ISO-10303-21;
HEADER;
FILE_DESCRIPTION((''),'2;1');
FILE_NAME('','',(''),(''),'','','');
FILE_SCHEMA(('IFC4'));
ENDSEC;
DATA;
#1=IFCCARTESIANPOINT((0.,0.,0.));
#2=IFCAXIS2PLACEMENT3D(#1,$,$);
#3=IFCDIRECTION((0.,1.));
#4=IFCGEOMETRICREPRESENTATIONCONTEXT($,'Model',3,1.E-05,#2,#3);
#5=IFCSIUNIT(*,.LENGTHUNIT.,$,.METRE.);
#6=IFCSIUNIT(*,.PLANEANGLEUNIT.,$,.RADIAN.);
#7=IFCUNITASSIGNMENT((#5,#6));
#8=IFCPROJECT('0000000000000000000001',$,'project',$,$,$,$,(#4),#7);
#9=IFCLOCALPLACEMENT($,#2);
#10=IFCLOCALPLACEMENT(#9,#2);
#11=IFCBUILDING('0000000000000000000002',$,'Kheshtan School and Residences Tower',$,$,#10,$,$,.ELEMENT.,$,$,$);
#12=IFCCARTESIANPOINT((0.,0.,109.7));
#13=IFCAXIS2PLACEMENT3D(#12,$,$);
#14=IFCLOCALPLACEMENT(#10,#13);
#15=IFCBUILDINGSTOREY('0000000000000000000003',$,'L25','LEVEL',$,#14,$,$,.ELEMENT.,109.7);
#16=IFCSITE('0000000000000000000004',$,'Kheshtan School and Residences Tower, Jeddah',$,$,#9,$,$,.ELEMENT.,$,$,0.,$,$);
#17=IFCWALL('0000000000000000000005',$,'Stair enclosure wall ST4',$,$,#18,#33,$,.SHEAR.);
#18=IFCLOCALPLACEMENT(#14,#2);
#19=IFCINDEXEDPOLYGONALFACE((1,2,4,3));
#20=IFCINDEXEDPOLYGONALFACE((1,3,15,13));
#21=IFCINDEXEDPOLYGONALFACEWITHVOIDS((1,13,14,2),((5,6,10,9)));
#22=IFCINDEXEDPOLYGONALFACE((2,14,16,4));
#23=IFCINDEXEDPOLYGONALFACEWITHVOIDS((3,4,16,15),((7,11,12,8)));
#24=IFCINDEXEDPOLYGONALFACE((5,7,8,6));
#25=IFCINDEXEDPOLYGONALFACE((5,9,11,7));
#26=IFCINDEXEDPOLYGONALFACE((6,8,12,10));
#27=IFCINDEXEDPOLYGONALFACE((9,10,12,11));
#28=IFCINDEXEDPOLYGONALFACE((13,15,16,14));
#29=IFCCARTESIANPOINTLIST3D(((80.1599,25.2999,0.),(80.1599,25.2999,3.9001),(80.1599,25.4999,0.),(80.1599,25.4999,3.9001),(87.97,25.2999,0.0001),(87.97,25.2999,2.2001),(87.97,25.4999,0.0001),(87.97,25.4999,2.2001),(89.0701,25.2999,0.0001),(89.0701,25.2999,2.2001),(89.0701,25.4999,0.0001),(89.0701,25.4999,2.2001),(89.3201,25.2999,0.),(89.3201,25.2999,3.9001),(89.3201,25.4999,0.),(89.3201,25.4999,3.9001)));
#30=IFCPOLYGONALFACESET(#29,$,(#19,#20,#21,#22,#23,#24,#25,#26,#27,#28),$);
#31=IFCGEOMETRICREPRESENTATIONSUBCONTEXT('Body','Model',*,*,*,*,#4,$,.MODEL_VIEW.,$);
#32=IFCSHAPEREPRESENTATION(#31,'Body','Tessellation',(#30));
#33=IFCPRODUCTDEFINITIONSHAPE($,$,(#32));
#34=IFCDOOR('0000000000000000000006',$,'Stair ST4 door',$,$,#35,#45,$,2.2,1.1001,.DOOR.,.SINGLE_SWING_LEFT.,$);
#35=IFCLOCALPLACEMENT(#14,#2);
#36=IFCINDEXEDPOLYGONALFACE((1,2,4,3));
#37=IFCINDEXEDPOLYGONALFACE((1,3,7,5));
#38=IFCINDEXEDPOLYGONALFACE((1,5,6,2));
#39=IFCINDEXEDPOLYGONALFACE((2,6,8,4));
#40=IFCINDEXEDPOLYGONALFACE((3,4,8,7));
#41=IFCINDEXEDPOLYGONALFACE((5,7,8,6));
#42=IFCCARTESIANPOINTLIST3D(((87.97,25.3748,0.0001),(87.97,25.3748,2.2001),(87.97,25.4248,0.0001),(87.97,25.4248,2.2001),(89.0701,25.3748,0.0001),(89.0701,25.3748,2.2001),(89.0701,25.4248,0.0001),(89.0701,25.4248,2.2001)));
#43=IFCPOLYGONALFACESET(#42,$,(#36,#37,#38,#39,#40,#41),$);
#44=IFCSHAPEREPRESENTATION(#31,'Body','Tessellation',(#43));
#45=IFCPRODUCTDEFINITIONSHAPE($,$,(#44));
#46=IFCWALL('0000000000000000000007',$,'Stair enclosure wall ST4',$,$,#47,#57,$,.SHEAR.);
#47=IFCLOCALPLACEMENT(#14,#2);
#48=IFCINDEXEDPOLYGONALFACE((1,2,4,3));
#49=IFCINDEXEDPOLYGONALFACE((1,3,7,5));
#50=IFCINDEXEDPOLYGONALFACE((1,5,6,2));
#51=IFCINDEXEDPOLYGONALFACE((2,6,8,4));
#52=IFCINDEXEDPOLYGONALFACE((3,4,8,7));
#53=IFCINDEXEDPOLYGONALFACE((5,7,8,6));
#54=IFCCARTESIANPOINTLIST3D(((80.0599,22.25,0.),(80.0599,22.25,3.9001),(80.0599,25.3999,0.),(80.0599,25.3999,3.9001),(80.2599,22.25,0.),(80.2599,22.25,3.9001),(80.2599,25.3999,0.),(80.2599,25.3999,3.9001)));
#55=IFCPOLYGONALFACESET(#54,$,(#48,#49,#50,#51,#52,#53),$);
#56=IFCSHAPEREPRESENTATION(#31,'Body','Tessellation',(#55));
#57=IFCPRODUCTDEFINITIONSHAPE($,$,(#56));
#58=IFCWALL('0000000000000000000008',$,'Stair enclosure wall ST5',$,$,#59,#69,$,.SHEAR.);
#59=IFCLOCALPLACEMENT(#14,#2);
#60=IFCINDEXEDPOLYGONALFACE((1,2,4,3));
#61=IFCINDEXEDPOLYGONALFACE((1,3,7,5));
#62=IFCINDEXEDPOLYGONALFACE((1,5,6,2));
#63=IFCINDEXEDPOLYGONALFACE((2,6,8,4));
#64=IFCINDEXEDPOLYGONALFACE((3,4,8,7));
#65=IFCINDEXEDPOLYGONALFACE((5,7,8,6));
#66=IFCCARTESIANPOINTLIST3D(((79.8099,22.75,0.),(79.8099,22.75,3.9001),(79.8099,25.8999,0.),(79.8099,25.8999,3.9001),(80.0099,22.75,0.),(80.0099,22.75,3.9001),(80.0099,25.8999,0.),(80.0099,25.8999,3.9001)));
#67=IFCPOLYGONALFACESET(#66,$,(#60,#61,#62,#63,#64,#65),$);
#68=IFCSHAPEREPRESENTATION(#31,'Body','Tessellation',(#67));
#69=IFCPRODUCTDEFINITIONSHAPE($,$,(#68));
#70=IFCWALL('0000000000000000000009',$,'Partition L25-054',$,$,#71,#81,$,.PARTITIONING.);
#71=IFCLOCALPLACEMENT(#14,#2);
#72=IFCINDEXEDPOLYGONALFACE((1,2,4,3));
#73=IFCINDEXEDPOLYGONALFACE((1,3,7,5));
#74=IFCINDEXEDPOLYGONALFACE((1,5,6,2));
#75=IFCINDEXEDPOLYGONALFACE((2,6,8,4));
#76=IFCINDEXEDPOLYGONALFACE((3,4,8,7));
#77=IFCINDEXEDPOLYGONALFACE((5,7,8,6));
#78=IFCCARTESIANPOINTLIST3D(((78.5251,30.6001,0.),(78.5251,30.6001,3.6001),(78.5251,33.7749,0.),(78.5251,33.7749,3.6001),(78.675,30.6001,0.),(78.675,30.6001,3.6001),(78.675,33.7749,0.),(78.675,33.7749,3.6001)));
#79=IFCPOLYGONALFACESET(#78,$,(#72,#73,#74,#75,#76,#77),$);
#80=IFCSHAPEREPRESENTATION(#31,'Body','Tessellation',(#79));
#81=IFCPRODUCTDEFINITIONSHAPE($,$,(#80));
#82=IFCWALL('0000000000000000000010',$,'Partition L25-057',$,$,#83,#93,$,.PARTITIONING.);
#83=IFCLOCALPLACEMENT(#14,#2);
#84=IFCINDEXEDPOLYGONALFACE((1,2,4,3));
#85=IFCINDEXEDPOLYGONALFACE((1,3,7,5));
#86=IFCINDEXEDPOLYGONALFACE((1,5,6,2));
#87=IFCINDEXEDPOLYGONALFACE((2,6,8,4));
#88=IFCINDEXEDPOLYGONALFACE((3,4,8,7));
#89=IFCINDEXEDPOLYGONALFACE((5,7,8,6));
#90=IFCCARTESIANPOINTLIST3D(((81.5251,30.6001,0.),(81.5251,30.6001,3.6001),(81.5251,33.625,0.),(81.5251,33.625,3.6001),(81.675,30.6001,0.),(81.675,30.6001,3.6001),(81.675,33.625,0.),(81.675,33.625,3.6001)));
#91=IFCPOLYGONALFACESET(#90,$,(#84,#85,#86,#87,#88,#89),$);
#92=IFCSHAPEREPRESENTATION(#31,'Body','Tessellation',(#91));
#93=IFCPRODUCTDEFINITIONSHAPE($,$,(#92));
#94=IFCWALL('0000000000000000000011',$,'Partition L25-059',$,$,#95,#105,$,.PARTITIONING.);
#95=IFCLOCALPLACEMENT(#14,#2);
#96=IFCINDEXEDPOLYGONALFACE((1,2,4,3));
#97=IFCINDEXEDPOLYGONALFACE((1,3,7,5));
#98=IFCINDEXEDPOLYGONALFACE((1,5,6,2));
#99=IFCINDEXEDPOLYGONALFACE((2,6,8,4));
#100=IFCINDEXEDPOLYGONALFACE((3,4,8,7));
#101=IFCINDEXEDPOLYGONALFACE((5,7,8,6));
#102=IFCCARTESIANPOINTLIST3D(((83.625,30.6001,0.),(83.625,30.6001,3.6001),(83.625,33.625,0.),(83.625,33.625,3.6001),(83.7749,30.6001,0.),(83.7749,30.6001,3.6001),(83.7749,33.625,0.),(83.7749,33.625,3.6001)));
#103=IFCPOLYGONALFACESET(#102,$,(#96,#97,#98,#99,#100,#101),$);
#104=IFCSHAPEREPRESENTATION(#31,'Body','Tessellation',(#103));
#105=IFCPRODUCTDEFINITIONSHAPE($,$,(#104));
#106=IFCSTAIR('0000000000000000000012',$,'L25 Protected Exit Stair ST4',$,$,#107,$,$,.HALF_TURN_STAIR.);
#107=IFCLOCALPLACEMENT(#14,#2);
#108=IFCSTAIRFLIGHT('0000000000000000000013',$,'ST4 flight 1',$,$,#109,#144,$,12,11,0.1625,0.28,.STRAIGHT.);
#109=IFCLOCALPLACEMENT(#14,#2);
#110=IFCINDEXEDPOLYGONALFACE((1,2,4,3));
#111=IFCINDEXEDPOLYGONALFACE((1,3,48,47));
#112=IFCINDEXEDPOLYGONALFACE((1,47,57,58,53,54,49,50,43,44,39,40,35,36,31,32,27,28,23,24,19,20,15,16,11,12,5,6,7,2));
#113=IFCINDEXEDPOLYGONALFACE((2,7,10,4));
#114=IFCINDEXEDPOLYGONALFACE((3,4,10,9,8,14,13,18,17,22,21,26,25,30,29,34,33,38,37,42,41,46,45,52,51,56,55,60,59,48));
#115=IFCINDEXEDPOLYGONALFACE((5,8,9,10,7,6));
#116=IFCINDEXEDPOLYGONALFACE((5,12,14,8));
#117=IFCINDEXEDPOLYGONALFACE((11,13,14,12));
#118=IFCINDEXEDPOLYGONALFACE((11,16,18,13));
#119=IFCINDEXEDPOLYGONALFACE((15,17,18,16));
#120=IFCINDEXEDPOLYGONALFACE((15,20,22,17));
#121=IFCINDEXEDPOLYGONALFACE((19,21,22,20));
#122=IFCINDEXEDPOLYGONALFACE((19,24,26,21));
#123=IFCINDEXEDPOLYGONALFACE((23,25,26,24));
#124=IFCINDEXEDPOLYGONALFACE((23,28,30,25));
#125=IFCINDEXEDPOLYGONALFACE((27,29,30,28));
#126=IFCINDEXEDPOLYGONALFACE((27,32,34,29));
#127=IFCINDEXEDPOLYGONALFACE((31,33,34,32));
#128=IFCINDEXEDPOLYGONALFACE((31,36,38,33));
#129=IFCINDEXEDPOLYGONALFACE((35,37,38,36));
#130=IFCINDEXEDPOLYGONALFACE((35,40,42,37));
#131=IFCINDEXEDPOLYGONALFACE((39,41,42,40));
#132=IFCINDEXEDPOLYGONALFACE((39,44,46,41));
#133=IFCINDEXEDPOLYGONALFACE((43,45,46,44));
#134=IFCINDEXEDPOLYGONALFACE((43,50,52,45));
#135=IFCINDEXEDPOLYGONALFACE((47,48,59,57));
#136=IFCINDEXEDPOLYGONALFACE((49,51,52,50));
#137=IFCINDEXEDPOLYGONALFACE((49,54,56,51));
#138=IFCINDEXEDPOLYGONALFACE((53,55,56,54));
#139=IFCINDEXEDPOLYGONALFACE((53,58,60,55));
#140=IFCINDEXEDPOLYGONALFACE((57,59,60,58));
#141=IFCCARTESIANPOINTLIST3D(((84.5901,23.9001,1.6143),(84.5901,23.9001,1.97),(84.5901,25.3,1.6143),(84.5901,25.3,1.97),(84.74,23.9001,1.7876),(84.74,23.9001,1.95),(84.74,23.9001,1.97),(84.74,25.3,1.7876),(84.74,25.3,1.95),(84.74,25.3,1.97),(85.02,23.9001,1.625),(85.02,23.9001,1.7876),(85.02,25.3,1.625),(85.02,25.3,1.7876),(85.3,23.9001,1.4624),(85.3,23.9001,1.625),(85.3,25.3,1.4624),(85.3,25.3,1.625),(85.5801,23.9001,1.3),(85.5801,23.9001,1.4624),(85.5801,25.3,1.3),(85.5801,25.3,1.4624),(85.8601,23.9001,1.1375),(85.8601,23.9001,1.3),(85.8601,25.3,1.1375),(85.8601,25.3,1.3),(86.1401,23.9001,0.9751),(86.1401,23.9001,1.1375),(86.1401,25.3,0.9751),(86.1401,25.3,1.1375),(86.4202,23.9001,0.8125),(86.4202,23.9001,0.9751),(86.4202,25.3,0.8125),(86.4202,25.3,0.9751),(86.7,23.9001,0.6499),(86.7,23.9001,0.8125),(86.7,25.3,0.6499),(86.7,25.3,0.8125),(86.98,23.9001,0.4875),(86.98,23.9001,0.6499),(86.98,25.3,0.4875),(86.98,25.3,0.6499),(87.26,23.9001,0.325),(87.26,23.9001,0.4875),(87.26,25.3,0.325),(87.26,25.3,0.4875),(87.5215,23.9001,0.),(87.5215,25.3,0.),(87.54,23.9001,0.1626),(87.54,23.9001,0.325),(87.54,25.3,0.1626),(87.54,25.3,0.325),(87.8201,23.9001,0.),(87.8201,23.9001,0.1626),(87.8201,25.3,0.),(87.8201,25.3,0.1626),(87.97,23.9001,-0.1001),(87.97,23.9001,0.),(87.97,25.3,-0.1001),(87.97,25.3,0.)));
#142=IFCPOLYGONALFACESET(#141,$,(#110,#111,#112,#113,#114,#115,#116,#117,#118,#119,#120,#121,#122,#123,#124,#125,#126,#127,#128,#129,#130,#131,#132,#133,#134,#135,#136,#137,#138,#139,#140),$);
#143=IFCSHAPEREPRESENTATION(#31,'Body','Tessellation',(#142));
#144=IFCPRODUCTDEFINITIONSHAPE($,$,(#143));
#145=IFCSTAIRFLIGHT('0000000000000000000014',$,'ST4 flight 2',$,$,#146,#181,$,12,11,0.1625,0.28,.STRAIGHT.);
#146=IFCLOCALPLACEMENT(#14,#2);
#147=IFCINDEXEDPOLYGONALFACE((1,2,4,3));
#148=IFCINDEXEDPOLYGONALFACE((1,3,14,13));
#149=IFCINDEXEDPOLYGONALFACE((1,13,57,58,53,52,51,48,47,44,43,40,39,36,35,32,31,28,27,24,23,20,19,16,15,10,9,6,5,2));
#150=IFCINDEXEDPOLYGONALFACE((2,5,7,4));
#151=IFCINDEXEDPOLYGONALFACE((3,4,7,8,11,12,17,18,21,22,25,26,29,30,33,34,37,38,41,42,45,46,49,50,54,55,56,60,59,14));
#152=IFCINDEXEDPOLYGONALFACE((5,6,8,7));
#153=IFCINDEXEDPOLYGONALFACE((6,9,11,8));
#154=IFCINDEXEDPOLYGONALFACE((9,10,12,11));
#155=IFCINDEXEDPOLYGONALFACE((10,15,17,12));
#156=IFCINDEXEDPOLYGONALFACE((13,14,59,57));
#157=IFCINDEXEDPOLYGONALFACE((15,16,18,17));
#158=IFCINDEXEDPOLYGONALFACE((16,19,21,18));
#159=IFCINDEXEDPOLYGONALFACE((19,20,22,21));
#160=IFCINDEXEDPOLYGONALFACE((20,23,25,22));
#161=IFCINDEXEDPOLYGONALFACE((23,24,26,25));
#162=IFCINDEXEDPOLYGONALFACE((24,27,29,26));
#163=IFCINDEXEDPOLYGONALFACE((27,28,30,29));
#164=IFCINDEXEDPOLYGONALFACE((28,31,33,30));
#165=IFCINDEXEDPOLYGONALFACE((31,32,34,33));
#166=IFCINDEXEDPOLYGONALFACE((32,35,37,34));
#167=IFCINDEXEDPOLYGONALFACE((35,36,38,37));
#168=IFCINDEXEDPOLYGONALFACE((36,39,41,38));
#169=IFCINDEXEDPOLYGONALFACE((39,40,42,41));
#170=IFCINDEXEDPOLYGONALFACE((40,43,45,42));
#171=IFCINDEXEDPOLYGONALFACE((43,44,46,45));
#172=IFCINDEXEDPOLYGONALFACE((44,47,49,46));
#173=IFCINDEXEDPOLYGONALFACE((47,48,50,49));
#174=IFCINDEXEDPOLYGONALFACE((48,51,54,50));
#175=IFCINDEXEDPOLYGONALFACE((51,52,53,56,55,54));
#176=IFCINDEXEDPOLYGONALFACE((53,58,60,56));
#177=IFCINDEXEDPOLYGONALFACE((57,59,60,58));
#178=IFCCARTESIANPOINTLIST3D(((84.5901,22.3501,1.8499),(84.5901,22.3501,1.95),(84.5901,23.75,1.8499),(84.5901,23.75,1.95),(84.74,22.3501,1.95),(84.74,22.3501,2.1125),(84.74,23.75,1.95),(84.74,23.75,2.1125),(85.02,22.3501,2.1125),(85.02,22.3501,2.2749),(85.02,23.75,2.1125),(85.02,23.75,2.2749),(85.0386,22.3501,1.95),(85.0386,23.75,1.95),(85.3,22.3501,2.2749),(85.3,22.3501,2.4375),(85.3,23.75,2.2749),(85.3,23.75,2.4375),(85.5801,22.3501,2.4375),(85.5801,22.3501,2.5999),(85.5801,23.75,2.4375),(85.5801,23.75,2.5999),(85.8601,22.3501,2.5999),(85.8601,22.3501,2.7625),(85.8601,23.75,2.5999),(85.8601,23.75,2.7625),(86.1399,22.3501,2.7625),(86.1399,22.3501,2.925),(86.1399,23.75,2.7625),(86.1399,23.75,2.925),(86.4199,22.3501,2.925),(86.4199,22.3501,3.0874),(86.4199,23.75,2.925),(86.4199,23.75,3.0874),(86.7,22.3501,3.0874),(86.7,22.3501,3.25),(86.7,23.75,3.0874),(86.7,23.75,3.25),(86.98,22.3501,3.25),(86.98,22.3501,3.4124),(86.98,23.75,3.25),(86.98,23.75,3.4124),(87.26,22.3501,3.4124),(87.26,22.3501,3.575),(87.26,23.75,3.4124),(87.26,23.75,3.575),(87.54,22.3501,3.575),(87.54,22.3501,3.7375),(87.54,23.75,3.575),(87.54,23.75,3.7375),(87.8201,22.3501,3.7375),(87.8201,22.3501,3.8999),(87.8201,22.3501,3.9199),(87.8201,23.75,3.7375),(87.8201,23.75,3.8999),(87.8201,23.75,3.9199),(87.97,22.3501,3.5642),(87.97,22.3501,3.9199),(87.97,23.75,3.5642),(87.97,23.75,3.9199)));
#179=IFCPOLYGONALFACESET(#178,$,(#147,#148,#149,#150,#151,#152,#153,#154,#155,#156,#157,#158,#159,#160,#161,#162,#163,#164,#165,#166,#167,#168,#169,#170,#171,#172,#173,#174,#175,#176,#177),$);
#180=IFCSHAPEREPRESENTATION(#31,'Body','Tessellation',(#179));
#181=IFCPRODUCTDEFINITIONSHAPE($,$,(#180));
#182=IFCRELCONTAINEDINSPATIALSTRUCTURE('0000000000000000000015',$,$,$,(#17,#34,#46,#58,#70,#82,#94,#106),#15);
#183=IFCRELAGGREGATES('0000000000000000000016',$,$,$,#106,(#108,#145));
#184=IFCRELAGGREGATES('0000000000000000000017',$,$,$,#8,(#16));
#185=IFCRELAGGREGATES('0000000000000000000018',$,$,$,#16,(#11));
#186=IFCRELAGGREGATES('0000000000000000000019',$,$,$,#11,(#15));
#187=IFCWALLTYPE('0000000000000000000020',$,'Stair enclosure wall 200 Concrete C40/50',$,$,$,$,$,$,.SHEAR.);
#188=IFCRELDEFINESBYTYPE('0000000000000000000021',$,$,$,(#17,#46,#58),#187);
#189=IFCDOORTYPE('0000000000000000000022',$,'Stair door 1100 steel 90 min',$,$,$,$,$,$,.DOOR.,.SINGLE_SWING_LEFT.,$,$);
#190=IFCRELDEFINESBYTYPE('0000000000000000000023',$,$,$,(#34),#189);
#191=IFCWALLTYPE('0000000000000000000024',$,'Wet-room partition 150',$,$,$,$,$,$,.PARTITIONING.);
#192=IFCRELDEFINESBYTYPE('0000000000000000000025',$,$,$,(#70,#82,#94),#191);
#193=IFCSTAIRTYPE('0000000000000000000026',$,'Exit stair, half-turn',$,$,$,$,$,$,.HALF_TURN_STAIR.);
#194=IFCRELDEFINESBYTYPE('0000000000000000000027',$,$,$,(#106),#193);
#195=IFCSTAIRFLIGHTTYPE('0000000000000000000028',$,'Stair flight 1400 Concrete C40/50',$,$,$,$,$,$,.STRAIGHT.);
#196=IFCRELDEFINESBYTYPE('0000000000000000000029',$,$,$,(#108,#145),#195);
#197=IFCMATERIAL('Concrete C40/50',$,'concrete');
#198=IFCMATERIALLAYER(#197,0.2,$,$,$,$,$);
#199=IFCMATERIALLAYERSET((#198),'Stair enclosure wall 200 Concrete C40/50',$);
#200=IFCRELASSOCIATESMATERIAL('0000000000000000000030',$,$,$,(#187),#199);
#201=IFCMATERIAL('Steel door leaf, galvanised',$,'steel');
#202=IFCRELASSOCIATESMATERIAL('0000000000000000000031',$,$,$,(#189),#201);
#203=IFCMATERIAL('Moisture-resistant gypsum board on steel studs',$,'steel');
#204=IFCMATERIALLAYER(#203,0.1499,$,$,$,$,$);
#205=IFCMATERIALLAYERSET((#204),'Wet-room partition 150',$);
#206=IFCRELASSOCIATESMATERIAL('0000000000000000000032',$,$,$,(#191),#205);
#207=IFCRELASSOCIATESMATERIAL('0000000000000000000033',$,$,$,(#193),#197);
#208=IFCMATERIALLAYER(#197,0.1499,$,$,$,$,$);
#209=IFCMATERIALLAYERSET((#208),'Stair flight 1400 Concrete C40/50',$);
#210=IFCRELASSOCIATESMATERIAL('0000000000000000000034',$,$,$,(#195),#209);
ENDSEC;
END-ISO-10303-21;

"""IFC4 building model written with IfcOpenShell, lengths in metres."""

from ifc_helpers import new_model, si_unit, direction, frame, frame_2d, origin, place, context, subcontext, project, spatial, polyline, rectangle, outline, extrude, source, transform, mapped, material, layer, layer_set, type_object, element, fill, aggregate, save


model = new_model("IFC4")

# Units and contexts
model_context = context("Model", 3, precision=1e-05, world=origin(), true_north=direction((0.0, 1.0)))
body_context = subcontext(model_context, "Body", "Model", "MODEL_VIEW")
ifc_project = project(units=[si_unit("LENGTHUNIT", "METRE"), si_unit("PLANEANGLEUNIT", "RADIAN")], contexts=[model_context])

# Site, building, storey
site_placement = place(None, origin())
site = spatial("IfcSite", under=ifc_project, at=site_placement, Name="Kheshtan School and Residences Tower, Jeddah", CompositionType="ELEMENT", RefElevation=0.0)
building_placement = place(site_placement, origin())
building = spatial("IfcBuilding", under=site, at=building_placement, Name="Kheshtan School and Residences Tower", CompositionType="ELEMENT")
storey_placement = place(building_placement, frame((0.0, 0.0, 109.7)))
storey = spatial("IfcBuildingStorey", under=building, at=storey_placement, Name="L25", Description="LEVEL", CompositionType="ELEMENT", Elevation=109.7)

# Shared definitions
ifc_material_1 = material(Name="Concrete C40/50", Category="concrete")
ifc_layer_1 = layer(ifc_material_1, 0.2)
ifc_layer_set_1 = layer_set([ifc_layer_1], Name="Stair enclosure wall 200 Concrete C40/50")
wall_type_1 = type_object("IfcWallType", Name="Stair enclosure wall 200 Concrete C40/50", PredefinedType="SHEAR", material=ifc_layer_set_1)

# Wall, opening, door
wall_1_placement = place(storey_placement, frame((80.1599, 25.3999, 0.0), z_axis=(0.0, 0.0, 1.0), x_axis=(1.0, 0.0, 0.0)))
wall_1 = element("IfcWall", 1, at=wall_1_placement, inside=storey, type_object=wall_type_1, Name="Stair enclosure wall ST4", PredefinedType="SHEAR", context=body_context, shape_type="SweptSolid", body=[
    extrude(rectangle(XDim=9.1602, YDim=0.2, at=frame_2d((4.5801, 0.0))), origin(), (0.0, 0.0, 1.0), 3.9001),
])
opening_placement = place(wall_1_placement, frame((7.8101, 0.0, 0.0)))
opening = element("IfcOpeningElement", 2, at=opening_placement, cuts=wall_1, PredefinedType="OPENING", context=body_context, shape_type="SweptSolid", body=[
    extrude(rectangle(XDim=1.1001, YDim=2.2, at=frame_2d((0.55, 1.1001))), frame((0.0, 0.1099, 0.0), z_axis=(0.0, -1.0, 0.0), x_axis=(1.0, 0.0, 0.0)), (0.0, 0.0, 1.0), 0.22),
])
ifc_material_2 = material(Name="Steel door leaf, galvanised", Category="steel")
door_type = type_object("IfcDoorType", Name="Stair door 1100 steel 90 min", OperationType="SINGLE_SWING_LEFT", PredefinedType="DOOR", material=ifc_material_2)
shared_shape = source(origin(), body_context, "Body", "SweptSolid", [
    extrude(rectangle(XDim=1.1001, YDim=2.2, at=frame_2d((0.55, 1.1001))), frame((0.0, 0.0249, 0.0), z_axis=(0.0, -1.0, 0.0), x_axis=(1.0, 0.0, 0.0)), (0.0, 0.0, 1.0), 0.05),
])
door_placement = place(opening_placement, origin())
door = element("IfcDoor", 3, at=door_placement, inside=storey, type_object=door_type, Name="Stair ST4 door", OperationType="SINGLE_SWING_LEFT", OverallHeight=2.2, OverallWidth=1.1001, PredefinedType="DOOR", context=body_context, shape_type="MappedRepresentation", body=[
    mapped(shared_shape, transform((0.0, 0.0, 0.0), x_axis=(1.0, 0.0, 0.0), y_axis=(0.0, 1.0, 0.0), z_axis=(0.0, 0.0, 1.0), scale=1.0)),
])
fill(opening, door)

# Walls
for number, where, z_axis, x_axis, name in (
    (4, (80.1599, 22.25, 0.0), (0.0, 0.0, 1.0), (0.0, 1.0, 0.0), "Stair enclosure wall ST4"),
    (5, (79.9099, 22.75, 0.0), (0.0, 0.0, 1.0), (0.0, 1.0, 0.0), "Stair enclosure wall ST5"),
):
    element("IfcWall", number, at=place(storey_placement, frame(where, z_axis=z_axis, x_axis=x_axis)), inside=storey, type_object=wall_type_1, Name=name, PredefinedType="SHEAR", context=body_context, shape_type="SweptSolid", body=[
        extrude(rectangle(XDim=3.1499, YDim=0.2, at=frame_2d((1.575, 0.0))), origin(), (0.0, 0.0, 1.0), 3.9001),
    ])
ifc_material_3 = material(Name="Moisture-resistant gypsum board on steel studs", Category="steel")
ifc_layer_2 = layer(ifc_material_3, 0.1499)
ifc_layer_set_2 = layer_set([ifc_layer_2], Name="Wet-room partition 150")
wall_type_2 = type_object("IfcWallType", Name="Wet-room partition 150", PredefinedType="PARTITIONING", material=ifc_layer_set_2)
wall_2_placement = place(storey_placement, frame((78.6001, 30.6001, 0.0), z_axis=(0.0, 0.0, 1.0), x_axis=(0.0, 1.0, 0.0)))
element("IfcWall", 6, at=wall_2_placement, inside=storey, type_object=wall_type_2, Name="Partition L25-054", PredefinedType="PARTITIONING", context=body_context, shape_type="SweptSolid", body=[
    extrude(rectangle(XDim=3.1748, YDim=0.1499, at=frame_2d((1.5874, 0.0))), origin(), (0.0, 0.0, 1.0), 3.6001),
])
for number, where, z_axis, x_axis, name in (
    (7, (81.6001, 30.6001, 0.0), (0.0, 0.0, 1.0), (0.0, 1.0, 0.0), "Partition L25-057"),
    (8, (83.7, 30.6001, 0.0), (0.0, 0.0, 1.0), (0.0, 1.0, 0.0), "Partition L25-059"),
):
    element("IfcWall", number, at=place(storey_placement, frame(where, z_axis=z_axis, x_axis=x_axis)), inside=storey, type_object=wall_type_2, Name=name, PredefinedType="PARTITIONING", context=body_context, shape_type="SweptSolid", body=[
        extrude(rectangle(XDim=3.0249, YDim=0.1499, at=frame_2d((1.5125, 0.0))), origin(), (0.0, 0.0, 1.0), 3.6001),
    ])

# Stair, stair flights
stair_type = type_object("IfcStairType", Name="Exit stair, half-turn", PredefinedType="HALF_TURN_STAIR", material=ifc_material_1)
stair_1_placement = place(storey_placement, origin())
stair_1 = element("IfcStair", 9, at=stair_1_placement, inside=storey, type_object=stair_type, Name="L25 Protected Exit Stair ST4", PredefinedType="HALF_TURN_STAIR")
ifc_layer_3 = layer(ifc_material_1, 0.1499)
ifc_layer_set_3 = layer_set([ifc_layer_3], Name="Stair flight 1400 Concrete C40/50")
stair_flight_type = type_object("IfcStairFlightType", Name="Stair flight 1400 Concrete C40/50", PredefinedType="STRAIGHT", material=ifc_layer_set_3)
stair_flight_1_placement = place(storey_placement, frame((87.8201, 24.6001, 0.0), z_axis=(0.0, 0.0, 1.0), x_axis=(-1.0, 0.0, 0.0)))
stair_flight_1 = element("IfcStairFlight", 10, at=stair_flight_1_placement, type_object=stair_flight_type, Name="ST4 flight 1", NumberOfRisers=12, NumberOfTreads=11, PredefinedType="STRAIGHT", RiserHeight=0.1625, TreadLength=0.28, context=body_context, shape_type="SweptSolid", body=[
    extrude(outline(polyline([(-0.1499, -0.1001), (-0.1499, 0.0), (0.0, 0.0), (0.0, 0.1626), (0.28, 0.1626), (0.28, 0.325), (0.5601, 0.325), (0.5601, 0.4875), (0.8401, 0.4875), (0.8401, 0.6499), (1.1201, 0.6499), (1.1201, 0.8125), (1.3999, 0.8125), (1.3999, 0.9751), (1.6799, 0.9751), (1.6799, 1.1375), (1.96, 1.1375), (1.96, 1.3), (2.24, 1.3), (2.24, 1.4624), (2.52, 1.4624), (2.52, 1.625), (2.8, 1.625), (2.8, 1.7876), (3.0801, 1.7876), (3.0801, 1.95), (3.0801, 1.97), (3.23, 1.97), (3.23, 1.6143), (0.2986, 0.0), (-0.1499, -0.1001)])), frame((0.0, 0.7, 0.0), z_axis=(0.0, -1.0, 0.0), x_axis=(1.0, 0.0, 0.0)), (0.0, 0.0, 1.0), 1.3999),
])
stair_flight_2_placement = place(storey_placement, frame((84.74, 23.05, 1.95), z_axis=(0.0, 0.0, 1.0), x_axis=(1.0, 0.0, 0.0)))
stair_flight_2 = element("IfcStairFlight", 11, at=stair_flight_2_placement, type_object=stair_flight_type, Name="ST4 flight 2", NumberOfRisers=12, NumberOfTreads=11, PredefinedType="STRAIGHT", RiserHeight=0.1625, TreadLength=0.28, context=body_context, shape_type="SweptSolid", body=[
    extrude(outline(polyline([(-0.1499, -0.1001), (-0.1499, 0.0), (0.0, 0.0), (0.0, 0.1626), (0.28, 0.1626), (0.28, 0.325), (0.5601, 0.325), (0.5601, 0.4875), (0.8401, 0.4875), (0.8401, 0.6499), (1.1201, 0.6499), (1.1201, 0.8125), (1.3999, 0.8125), (1.3999, 0.9751), (1.6799, 0.9751), (1.6799, 1.1375), (1.96, 1.1375), (1.96, 1.3), (2.24, 1.3), (2.24, 1.4624), (2.52, 1.4624), (2.52, 1.625), (2.8, 1.625), (2.8, 1.7876), (3.0801, 1.7876), (3.0801, 1.95), (3.0801, 1.97), (3.23, 1.97), (3.23, 1.6143), (0.2986, 0.0), (-0.1499, -0.1001)])), frame((0.0, 0.7, 0.0), z_axis=(0.0, -1.0, 0.0), x_axis=(1.0, 0.0, 0.0)), (0.0, 0.0, 1.0), 1.3999),
])
aggregate(stair_1, [stair_flight_1, stair_flight_2])

save(model, "model.ifc")
